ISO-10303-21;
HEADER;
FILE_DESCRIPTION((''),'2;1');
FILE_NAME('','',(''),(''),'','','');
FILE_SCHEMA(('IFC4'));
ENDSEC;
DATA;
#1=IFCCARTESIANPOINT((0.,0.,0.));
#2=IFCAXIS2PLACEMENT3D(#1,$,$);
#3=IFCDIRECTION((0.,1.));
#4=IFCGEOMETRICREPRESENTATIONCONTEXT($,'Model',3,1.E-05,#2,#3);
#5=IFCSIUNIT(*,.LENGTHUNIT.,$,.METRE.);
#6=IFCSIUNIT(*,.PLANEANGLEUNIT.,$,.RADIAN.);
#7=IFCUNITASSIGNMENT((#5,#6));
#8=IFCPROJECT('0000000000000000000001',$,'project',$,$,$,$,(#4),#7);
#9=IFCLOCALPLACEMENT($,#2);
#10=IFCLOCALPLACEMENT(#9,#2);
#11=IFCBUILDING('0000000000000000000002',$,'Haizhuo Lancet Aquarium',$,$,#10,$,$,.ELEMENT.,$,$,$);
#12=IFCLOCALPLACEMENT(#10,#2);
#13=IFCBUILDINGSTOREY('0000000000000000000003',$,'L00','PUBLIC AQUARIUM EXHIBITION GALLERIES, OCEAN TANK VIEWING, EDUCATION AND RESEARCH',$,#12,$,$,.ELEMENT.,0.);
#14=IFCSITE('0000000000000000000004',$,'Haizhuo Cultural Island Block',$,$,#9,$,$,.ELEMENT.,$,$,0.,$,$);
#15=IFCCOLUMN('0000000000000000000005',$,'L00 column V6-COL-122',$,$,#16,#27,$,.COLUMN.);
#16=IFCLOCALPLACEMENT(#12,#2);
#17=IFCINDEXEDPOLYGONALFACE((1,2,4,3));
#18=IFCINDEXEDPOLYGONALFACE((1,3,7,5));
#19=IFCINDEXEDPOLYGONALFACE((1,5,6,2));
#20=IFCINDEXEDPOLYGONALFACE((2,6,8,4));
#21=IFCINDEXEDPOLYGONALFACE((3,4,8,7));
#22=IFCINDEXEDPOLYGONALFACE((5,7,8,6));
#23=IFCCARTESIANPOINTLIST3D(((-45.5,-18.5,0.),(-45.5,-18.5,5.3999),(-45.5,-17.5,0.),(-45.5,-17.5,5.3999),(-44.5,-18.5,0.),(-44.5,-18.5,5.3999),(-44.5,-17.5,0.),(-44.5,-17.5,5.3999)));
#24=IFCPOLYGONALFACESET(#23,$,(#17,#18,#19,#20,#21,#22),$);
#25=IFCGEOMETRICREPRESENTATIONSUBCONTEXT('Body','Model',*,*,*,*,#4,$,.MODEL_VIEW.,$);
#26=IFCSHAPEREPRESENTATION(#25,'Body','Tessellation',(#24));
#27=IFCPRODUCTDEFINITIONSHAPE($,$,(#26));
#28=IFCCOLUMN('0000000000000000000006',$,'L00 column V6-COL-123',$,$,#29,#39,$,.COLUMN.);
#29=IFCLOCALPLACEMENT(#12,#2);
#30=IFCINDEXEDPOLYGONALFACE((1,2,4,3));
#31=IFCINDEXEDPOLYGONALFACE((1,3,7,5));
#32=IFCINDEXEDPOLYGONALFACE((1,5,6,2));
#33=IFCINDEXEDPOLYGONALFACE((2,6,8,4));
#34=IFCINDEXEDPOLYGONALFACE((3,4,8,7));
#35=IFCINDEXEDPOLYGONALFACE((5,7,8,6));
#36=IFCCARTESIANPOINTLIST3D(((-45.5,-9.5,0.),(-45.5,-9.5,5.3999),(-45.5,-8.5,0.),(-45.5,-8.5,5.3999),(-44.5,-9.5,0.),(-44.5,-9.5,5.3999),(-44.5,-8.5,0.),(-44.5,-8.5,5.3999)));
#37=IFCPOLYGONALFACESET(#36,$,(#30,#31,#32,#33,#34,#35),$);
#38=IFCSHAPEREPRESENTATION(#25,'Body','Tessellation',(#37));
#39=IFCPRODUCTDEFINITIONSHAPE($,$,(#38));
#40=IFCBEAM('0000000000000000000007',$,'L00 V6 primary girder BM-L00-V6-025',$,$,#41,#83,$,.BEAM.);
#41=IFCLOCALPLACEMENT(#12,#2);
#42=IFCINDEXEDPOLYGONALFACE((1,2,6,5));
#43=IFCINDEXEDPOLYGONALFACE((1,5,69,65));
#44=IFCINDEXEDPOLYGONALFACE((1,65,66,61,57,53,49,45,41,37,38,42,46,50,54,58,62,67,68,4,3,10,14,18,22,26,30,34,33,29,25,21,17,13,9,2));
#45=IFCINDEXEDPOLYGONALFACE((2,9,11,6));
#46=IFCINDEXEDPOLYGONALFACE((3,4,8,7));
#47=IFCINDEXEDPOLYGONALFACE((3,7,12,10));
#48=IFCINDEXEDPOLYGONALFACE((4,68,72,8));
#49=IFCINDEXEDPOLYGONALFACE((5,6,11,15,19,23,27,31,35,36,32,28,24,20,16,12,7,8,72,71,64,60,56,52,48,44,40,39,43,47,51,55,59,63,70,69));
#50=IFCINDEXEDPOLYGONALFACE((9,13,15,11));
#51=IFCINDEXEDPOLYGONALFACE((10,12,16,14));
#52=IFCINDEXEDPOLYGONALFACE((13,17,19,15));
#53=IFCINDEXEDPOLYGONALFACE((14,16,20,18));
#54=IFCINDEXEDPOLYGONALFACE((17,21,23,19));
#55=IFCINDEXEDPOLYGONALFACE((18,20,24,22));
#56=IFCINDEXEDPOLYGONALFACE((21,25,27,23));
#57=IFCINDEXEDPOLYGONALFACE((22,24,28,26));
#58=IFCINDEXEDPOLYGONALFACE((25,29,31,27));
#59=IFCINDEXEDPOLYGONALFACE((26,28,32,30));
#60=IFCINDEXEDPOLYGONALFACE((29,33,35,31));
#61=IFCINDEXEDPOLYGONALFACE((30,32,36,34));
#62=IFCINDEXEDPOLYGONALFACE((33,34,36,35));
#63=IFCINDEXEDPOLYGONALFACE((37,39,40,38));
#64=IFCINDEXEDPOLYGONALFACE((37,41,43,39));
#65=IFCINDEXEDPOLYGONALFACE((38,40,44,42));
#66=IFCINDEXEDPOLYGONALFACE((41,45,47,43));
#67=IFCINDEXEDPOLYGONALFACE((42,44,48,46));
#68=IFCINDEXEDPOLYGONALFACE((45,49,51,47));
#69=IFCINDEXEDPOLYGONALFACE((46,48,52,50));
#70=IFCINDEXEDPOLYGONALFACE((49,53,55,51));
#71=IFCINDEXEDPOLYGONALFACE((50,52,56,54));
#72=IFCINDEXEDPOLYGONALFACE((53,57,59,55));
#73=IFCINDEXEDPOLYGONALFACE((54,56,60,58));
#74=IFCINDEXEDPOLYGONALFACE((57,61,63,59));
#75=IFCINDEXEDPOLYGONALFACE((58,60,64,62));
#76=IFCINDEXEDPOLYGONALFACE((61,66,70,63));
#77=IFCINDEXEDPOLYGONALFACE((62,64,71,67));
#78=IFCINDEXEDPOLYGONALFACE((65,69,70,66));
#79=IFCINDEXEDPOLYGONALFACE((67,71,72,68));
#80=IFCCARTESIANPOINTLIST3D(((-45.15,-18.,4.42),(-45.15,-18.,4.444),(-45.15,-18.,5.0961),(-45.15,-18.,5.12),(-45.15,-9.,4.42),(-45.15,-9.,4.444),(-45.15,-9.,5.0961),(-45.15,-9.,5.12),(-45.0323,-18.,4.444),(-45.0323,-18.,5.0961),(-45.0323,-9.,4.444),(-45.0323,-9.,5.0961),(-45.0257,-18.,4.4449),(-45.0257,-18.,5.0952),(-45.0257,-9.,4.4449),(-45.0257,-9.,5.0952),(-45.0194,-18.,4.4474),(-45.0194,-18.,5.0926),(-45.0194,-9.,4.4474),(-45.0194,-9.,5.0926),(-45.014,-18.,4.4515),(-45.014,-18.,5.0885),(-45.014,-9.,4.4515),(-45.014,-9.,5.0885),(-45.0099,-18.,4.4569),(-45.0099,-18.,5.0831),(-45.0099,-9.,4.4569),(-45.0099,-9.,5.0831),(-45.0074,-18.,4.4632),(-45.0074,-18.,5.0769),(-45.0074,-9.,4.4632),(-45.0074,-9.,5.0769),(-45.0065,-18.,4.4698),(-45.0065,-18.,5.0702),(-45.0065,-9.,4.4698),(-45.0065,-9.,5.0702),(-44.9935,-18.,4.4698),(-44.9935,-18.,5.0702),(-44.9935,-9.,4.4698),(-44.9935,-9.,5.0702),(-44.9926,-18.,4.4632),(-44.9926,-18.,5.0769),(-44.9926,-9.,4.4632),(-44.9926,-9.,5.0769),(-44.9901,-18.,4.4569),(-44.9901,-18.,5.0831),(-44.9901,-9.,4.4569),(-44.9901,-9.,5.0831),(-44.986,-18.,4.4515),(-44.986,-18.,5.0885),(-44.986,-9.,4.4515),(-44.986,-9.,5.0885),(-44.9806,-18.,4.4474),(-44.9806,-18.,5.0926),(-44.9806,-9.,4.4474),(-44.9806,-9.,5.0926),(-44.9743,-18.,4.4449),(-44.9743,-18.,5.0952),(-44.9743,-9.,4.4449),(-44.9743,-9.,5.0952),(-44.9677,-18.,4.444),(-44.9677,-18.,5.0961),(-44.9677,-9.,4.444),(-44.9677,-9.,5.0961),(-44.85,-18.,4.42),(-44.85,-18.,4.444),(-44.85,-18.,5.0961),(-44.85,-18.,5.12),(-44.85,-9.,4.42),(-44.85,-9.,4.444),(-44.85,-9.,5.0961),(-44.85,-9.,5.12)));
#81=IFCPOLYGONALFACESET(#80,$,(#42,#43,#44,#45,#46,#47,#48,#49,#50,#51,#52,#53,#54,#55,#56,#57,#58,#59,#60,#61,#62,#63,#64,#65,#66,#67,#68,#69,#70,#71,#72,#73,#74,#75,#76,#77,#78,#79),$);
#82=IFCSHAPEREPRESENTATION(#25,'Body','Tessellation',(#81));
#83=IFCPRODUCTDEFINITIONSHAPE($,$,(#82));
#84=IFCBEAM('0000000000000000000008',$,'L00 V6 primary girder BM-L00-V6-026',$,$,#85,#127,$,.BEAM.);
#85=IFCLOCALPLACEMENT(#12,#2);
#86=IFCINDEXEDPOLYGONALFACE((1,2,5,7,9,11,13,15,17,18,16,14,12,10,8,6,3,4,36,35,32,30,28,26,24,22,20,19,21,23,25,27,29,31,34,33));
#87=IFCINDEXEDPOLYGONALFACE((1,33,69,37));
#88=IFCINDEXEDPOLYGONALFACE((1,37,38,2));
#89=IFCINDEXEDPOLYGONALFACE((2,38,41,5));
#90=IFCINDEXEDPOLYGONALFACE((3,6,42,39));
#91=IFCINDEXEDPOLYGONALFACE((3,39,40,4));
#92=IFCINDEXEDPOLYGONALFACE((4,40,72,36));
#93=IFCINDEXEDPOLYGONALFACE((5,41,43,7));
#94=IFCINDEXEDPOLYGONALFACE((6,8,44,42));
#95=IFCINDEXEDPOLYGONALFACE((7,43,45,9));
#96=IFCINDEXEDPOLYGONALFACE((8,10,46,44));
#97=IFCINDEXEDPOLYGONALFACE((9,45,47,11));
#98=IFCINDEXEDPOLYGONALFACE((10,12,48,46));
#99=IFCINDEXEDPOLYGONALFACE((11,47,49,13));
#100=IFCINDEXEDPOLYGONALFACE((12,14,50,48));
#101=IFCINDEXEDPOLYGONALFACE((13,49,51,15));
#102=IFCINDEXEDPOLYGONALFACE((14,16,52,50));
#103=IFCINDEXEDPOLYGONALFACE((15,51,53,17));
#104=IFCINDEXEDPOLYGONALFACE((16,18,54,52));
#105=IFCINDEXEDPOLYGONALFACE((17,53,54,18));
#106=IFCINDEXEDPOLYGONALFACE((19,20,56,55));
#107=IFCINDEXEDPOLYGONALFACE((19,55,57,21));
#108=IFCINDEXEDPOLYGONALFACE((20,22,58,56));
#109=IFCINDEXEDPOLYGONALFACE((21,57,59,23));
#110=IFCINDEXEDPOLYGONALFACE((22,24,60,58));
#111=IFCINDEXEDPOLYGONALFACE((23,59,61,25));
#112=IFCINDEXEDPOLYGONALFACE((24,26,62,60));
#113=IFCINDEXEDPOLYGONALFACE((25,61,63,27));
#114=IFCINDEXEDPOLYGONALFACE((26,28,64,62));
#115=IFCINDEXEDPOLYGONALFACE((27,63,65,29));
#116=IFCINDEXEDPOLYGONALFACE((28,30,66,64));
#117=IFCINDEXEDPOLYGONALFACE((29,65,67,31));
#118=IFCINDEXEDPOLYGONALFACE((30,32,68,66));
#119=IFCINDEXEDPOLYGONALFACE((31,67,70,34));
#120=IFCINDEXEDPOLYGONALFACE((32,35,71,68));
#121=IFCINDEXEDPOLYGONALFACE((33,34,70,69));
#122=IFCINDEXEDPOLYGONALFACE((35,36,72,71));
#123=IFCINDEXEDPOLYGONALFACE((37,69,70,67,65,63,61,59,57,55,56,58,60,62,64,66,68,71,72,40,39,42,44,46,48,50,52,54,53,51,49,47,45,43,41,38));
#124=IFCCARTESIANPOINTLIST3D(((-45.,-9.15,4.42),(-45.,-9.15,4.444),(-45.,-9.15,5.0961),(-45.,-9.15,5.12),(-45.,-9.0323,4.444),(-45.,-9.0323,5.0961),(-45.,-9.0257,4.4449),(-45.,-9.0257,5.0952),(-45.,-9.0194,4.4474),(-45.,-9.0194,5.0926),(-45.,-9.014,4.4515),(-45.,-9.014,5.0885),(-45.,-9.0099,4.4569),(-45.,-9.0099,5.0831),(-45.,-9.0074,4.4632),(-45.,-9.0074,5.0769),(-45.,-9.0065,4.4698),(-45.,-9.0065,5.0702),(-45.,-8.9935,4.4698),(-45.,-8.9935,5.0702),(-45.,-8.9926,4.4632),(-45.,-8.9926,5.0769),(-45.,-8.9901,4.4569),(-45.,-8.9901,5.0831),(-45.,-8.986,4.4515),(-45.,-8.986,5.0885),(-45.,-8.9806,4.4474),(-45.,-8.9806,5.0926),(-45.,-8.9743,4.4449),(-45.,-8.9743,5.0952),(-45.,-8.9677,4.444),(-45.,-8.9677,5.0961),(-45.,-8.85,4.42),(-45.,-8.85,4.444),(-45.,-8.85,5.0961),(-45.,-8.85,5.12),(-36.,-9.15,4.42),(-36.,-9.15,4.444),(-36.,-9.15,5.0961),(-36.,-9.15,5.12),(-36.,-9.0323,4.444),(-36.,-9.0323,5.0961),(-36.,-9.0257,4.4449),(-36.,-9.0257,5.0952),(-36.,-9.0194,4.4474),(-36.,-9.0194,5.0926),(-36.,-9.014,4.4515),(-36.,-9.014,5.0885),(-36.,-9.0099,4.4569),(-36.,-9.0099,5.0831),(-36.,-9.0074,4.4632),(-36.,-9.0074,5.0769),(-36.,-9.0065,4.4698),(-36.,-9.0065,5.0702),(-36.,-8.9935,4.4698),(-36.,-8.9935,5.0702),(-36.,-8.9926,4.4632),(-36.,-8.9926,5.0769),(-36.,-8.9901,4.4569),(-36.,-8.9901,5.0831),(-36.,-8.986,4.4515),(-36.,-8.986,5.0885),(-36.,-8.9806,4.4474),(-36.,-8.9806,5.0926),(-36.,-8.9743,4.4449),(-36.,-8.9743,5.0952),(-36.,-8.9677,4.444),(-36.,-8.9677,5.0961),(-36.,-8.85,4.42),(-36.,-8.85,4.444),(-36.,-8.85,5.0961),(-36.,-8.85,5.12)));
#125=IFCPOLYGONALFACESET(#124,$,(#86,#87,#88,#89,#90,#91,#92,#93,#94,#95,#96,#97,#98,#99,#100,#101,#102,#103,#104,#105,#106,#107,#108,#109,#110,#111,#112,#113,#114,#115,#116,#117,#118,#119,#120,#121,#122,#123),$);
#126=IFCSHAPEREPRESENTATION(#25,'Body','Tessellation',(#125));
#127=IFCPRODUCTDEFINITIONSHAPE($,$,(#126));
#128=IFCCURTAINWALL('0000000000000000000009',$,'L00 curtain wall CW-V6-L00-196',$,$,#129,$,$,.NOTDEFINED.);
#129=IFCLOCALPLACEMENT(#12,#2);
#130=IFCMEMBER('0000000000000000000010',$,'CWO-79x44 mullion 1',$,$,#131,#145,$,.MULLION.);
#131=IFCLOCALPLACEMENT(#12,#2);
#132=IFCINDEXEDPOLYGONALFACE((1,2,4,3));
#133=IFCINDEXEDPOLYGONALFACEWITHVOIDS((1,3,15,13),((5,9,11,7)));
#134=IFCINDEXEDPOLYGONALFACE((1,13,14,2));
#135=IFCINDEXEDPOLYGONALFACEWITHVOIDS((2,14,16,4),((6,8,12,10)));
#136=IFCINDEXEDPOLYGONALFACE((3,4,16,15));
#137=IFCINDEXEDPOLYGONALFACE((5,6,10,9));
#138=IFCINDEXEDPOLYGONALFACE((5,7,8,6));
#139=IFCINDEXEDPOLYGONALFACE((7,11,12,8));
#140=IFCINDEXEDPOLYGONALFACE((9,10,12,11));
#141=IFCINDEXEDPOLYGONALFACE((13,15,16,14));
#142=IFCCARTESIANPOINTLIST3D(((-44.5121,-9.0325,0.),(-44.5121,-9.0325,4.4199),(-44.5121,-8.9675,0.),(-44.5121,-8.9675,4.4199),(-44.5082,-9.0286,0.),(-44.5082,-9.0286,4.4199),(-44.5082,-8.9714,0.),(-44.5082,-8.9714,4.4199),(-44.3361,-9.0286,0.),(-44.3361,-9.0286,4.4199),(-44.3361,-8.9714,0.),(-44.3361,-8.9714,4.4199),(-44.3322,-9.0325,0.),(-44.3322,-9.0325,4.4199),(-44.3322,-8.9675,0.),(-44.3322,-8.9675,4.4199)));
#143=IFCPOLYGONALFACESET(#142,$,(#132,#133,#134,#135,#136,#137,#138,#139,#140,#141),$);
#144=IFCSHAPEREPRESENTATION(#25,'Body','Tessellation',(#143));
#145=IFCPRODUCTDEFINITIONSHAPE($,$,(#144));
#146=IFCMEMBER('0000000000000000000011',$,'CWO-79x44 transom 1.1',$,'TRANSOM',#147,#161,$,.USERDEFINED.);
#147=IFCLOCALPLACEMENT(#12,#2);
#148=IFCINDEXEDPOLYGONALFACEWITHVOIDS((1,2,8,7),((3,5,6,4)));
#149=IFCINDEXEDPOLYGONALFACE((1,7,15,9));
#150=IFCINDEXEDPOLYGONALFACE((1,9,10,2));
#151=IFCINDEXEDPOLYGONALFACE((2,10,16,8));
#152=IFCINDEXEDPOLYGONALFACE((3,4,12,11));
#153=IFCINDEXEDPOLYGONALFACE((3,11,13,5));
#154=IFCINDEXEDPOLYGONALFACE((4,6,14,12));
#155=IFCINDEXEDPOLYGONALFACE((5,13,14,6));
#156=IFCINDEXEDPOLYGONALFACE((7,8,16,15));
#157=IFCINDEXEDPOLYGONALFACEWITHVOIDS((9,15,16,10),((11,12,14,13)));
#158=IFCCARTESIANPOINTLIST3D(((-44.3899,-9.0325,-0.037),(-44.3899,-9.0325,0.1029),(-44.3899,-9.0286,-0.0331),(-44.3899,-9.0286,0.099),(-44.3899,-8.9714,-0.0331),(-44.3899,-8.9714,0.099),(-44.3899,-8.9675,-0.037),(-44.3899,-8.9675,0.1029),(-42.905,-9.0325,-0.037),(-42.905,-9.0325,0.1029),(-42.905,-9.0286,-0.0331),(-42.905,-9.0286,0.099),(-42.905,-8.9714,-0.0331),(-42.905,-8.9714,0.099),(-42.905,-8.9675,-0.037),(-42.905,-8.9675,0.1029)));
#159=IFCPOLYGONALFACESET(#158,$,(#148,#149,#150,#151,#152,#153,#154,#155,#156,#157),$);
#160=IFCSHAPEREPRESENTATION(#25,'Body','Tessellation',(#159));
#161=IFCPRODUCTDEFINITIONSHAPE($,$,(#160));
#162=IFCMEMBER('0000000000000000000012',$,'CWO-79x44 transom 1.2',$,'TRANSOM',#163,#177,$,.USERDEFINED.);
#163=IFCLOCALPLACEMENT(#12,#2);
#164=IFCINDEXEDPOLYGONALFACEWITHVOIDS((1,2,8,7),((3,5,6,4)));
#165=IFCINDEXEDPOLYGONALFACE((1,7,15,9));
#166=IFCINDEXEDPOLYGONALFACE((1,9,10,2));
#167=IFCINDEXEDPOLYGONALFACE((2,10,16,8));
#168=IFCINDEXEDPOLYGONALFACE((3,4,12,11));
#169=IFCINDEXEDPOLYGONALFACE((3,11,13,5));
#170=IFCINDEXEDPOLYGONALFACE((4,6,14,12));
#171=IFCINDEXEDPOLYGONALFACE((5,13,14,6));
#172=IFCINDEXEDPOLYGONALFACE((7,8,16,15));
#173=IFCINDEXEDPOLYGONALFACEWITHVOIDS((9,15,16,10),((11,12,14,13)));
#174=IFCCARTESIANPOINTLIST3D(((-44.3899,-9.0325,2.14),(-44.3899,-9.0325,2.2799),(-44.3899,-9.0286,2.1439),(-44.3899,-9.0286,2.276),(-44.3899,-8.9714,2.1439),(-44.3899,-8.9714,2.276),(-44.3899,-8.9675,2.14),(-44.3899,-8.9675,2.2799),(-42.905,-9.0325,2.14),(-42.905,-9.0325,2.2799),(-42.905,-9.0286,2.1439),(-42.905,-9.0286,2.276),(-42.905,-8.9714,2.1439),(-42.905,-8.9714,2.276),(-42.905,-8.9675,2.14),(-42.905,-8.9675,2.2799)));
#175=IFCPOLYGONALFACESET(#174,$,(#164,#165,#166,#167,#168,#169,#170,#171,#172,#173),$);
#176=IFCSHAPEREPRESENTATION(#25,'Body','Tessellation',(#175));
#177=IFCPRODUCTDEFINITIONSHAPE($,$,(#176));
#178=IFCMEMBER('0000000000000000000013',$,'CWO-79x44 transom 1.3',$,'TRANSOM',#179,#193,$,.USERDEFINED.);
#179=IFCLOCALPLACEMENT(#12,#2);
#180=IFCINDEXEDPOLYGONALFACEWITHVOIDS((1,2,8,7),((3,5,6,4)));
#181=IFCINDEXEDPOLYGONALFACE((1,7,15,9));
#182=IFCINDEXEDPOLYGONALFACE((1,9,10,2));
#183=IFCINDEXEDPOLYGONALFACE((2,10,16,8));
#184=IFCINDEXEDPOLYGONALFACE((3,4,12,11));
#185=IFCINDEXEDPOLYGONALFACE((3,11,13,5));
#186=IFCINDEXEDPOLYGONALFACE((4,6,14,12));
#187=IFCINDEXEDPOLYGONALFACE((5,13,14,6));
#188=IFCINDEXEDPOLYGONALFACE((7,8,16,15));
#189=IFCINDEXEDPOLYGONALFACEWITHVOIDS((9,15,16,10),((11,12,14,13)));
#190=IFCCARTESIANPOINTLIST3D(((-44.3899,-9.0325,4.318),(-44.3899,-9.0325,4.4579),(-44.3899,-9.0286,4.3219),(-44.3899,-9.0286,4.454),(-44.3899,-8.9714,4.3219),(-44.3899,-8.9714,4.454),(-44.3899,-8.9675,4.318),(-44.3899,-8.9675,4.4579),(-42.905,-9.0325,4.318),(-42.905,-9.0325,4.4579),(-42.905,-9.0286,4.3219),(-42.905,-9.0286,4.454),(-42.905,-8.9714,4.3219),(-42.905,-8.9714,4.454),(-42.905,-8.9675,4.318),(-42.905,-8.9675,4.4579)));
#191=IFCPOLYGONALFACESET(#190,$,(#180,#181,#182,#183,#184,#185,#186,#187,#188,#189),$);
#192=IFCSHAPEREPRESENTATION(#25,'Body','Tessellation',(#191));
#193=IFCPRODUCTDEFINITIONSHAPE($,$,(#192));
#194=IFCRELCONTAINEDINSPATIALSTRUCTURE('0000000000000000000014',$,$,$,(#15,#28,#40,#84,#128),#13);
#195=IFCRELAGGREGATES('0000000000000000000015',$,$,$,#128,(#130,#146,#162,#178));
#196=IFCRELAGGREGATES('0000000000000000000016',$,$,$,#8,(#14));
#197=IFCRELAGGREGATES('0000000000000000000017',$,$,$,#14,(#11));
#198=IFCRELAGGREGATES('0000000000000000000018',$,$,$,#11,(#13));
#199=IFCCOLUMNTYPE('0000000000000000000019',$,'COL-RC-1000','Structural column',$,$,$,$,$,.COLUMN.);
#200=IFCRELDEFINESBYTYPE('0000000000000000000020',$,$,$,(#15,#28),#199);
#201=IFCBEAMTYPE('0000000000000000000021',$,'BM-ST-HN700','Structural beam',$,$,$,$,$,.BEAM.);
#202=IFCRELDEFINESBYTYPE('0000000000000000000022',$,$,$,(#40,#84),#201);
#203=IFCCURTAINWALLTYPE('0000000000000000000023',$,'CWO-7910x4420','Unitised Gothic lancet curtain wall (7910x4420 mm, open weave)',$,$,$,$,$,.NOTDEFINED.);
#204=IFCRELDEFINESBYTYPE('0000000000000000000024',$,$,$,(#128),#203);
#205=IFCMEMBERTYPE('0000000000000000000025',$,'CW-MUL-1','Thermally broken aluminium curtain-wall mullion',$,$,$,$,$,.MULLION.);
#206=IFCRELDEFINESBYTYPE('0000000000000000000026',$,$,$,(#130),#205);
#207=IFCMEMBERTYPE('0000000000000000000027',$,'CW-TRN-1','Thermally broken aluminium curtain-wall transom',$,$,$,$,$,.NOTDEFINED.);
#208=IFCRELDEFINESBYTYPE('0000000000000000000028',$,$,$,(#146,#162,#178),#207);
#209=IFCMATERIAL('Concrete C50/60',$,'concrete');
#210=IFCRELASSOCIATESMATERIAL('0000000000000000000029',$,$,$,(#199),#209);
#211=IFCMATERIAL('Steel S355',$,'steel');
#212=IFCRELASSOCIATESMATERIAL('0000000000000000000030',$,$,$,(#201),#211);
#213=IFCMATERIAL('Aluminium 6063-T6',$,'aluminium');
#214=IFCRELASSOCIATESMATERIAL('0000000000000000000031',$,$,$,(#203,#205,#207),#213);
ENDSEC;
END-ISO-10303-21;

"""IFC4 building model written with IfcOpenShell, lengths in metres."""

from ifc_helpers import new_model, si_unit, direction, frame, origin, origin_2d, place, context, subcontext, project, spatial, rectangle, hollow_rectangle, i_section, extrude, material, material_profile, profile_set, type_object, element, aggregate, save


model = new_model("IFC4")

# Units and contexts
model_context = context("Model", 3, precision=1e-05, world=origin(), true_north=direction((0.0, 1.0)))
body_context = subcontext(model_context, "Body", "Model", "MODEL_VIEW")
ifc_project = project(units=[si_unit("LENGTHUNIT", "METRE"), si_unit("PLANEANGLEUNIT", "RADIAN")], contexts=[model_context])

# Site, building, storey
site_placement = place(None, origin())
site = spatial("IfcSite", under=ifc_project, at=site_placement, Name="Haizhuo Cultural Island Block", CompositionType="ELEMENT", RefElevation=0.0)
building_placement = place(site_placement, origin())
building = spatial("IfcBuilding", under=site, at=building_placement, Name="Haizhuo Lancet Aquarium", CompositionType="ELEMENT")
storey_placement = place(building_placement, origin())
storey = spatial("IfcBuildingStorey", under=building, at=storey_placement, Name="L00", Description="PUBLIC AQUARIUM EXHIBITION GALLERIES, OCEAN TANK VIEWING, EDUCATION AND RESEARCH", CompositionType="ELEMENT", Elevation=0.0)

# Columns
ifc_material_1 = material(Name="Concrete C50/60", Category="concrete")
ifc_material_profile_1 = material_profile(ifc_material_1, rectangle(XDim=1.0, YDim=1.0, at=origin_2d()), Name="RC-COL 1000x1000")
ifc_profile_set_1 = profile_set([ifc_material_profile_1], Name="Concrete C50/60")
column_type = type_object("IfcColumnType", Name="COL-RC-1000", Description="Structural column", PredefinedType="COLUMN", material=ifc_profile_set_1)
for number, where, z_axis, x_axis, name in (
    (1, (-45.0, -18.0, 0.0), (0.0, 0.0, 1.0), (1.0, 0.0, 0.0), "L00 column V6-COL-122"),
    (2, (-45.0, -9.0, 0.0), (0.0, 0.0, 1.0), (1.0, 0.0, 0.0), "L00 column V6-COL-123"),
):
    element("IfcColumn", number, at=place(storey_placement, frame(where, z_axis=z_axis, x_axis=x_axis)), inside=storey, type_object=column_type, Name=name, PredefinedType="COLUMN", context=body_context, shape_type="SweptSolid", body=[
        extrude(rectangle(XDim=1.0, YDim=1.0, at=origin_2d()), origin(), (0.0, 0.0, 1.0), 5.3999),
    ])

# Beams
ifc_material_2 = material(Name="Steel S355", Category="steel")
ifc_material_profile_2 = material_profile(ifc_material_2, i_section(OverallWidth=0.3, OverallDepth=0.7, WebThickness=0.0129, FlangeThickness=0.0239, FilletRadius=0.0259, at=origin_2d()), Name="HN 700x300x13x24")
ifc_profile_set_2 = profile_set([ifc_material_profile_2], Name="Steel S355")
beam_type_1 = type_object("IfcBeamType", Name="BM-ST-HN700", Description="Structural beam", PredefinedType="BEAM", material=ifc_profile_set_2)
for number, where, z_axis, x_axis, name in (
    (3, (-45.0, -18.0, 4.77), (0.0, 1.0, 0.0), (-1.0, 0.0, 0.0), "L00 V6 primary girder BM-L00-V6-025"),
    (4, (-45.0, -9.0, 4.77), (1.0, 0.0, 0.0), (0.0, 1.0, 0.0), "L00 V6 primary girder BM-L00-V6-026"),
):
    element("IfcBeam", number, at=place(storey_placement, frame(where, z_axis=z_axis, x_axis=x_axis)), inside=storey, type_object=beam_type_1, Name=name, PredefinedType="BEAM", context=body_context, shape_type="SweptSolid", body=[
        extrude(i_section(OverallWidth=0.3, OverallDepth=0.7, WebThickness=0.0129, FlangeThickness=0.0239, FilletRadius=0.0259, at=origin_2d()), origin(), (0.0, 0.0, 1.0), 9.0),
    ])

# Curtain wall, members
ifc_material_3 = material(Name="Aluminium 6063-T6", Category="aluminium")
curtain_wall_type = type_object("IfcCurtainWallType", Name="CWO-7910x4420", Description="Unitised Gothic lancet curtain wall (7910x4420 mm, open weave)", PredefinedType="NOTDEFINED", material=ifc_material_3)
curtain_wall_placement = place(storey_placement, origin())
curtain_wall = element("IfcCurtainWall", 5, at=curtain_wall_placement, inside=storey, type_object=curtain_wall_type, Name="L00 curtain wall CW-V6-L00-196", PredefinedType="NOTDEFINED")
ifc_material_profile_3 = material_profile(ifc_material_3, hollow_rectangle(XDim=0.0649, YDim=0.1799, WallThickness=0.0039, at=origin_2d()), Name="ALU-M 65x180x4")
ifc_profile_set_3 = profile_set([ifc_material_profile_3], Name="Aluminium 6063-T6")
member_type_1 = type_object("IfcMemberType", Name="CW-MUL-1", Description="Thermally broken aluminium curtain-wall mullion", PredefinedType="MULLION", material=ifc_profile_set_3)
member_1_placement = place(storey_placement, frame((-44.4221, -9.0, 0.0), z_axis=(0.0, 0.0, 1.0), x_axis=(0.0, 1.0, 0.0)))
member_1 = element("IfcMember", 6, at=member_1_placement, type_object=member_type_1, Name="CWO-79x44 mullion 1", PredefinedType="MULLION", context=body_context, shape_type="SweptSolid", body=[
    extrude(hollow_rectangle(XDim=0.0649, YDim=0.1799, WallThickness=0.0039, at=origin_2d()), origin(), (0.0, 0.0, 1.0), 4.4199),
])
ifc_material_profile_4 = material_profile(ifc_material_3, hollow_rectangle(XDim=0.0649, YDim=0.1399, WallThickness=0.0039, at=origin_2d()), Name="ALU-T 65x140x4")
ifc_profile_set_4 = profile_set([ifc_material_profile_4], Name="Aluminium 6063-T6")
member_type_2 = type_object("IfcMemberType", Name="CW-TRN-1", Description="Thermally broken aluminium curtain-wall transom", PredefinedType="NOTDEFINED", material=ifc_profile_set_4)
member_2_placement = place(storey_placement, frame((-44.3899, -9.0, 0.033), z_axis=(1.0, 0.0, 0.0), x_axis=(0.0, 1.0, 0.0)))
member_2 = element("IfcMember", 7, at=member_2_placement, type_object=member_type_2, Name="CWO-79x44 transom 1.1", ObjectType="TRANSOM", PredefinedType="USERDEFINED", context=body_context, shape_type="SweptSolid", body=[
    extrude(hollow_rectangle(XDim=0.0649, YDim=0.1399, WallThickness=0.0039, at=origin_2d()), origin(), (0.0, 0.0, 1.0), 1.4849),
])
member_3_placement = place(storey_placement, frame((-44.3899, -9.0, 2.21), z_axis=(1.0, 0.0, 0.0), x_axis=(0.0, 1.0, 0.0)))
member_3 = element("IfcMember", 8, at=member_3_placement, type_object=member_type_2, Name="CWO-79x44 transom 1.2", ObjectType="TRANSOM", PredefinedType="USERDEFINED", context=body_context, shape_type="SweptSolid", body=[
    extrude(hollow_rectangle(XDim=0.0649, YDim=0.1399, WallThickness=0.0039, at=origin_2d()), origin(), (0.0, 0.0, 1.0), 1.4849),
])
member_4_placement = place(storey_placement, frame((-44.3899, -9.0, 4.3879), z_axis=(1.0, 0.0, 0.0), x_axis=(0.0, 1.0, 0.0)))
member_4 = element("IfcMember", 9, at=member_4_placement, type_object=member_type_2, Name="CWO-79x44 transom 1.3", ObjectType="TRANSOM", PredefinedType="USERDEFINED", context=body_context, shape_type="SweptSolid", body=[
    extrude(hollow_rectangle(XDim=0.0649, YDim=0.1399, WallThickness=0.0039, at=origin_2d()), origin(), (0.0, 0.0, 1.0), 1.4849),
])

aggregate(curtain_wall, [member_1, member_2, member_3, member_4])

save(model, "model.ifc")
